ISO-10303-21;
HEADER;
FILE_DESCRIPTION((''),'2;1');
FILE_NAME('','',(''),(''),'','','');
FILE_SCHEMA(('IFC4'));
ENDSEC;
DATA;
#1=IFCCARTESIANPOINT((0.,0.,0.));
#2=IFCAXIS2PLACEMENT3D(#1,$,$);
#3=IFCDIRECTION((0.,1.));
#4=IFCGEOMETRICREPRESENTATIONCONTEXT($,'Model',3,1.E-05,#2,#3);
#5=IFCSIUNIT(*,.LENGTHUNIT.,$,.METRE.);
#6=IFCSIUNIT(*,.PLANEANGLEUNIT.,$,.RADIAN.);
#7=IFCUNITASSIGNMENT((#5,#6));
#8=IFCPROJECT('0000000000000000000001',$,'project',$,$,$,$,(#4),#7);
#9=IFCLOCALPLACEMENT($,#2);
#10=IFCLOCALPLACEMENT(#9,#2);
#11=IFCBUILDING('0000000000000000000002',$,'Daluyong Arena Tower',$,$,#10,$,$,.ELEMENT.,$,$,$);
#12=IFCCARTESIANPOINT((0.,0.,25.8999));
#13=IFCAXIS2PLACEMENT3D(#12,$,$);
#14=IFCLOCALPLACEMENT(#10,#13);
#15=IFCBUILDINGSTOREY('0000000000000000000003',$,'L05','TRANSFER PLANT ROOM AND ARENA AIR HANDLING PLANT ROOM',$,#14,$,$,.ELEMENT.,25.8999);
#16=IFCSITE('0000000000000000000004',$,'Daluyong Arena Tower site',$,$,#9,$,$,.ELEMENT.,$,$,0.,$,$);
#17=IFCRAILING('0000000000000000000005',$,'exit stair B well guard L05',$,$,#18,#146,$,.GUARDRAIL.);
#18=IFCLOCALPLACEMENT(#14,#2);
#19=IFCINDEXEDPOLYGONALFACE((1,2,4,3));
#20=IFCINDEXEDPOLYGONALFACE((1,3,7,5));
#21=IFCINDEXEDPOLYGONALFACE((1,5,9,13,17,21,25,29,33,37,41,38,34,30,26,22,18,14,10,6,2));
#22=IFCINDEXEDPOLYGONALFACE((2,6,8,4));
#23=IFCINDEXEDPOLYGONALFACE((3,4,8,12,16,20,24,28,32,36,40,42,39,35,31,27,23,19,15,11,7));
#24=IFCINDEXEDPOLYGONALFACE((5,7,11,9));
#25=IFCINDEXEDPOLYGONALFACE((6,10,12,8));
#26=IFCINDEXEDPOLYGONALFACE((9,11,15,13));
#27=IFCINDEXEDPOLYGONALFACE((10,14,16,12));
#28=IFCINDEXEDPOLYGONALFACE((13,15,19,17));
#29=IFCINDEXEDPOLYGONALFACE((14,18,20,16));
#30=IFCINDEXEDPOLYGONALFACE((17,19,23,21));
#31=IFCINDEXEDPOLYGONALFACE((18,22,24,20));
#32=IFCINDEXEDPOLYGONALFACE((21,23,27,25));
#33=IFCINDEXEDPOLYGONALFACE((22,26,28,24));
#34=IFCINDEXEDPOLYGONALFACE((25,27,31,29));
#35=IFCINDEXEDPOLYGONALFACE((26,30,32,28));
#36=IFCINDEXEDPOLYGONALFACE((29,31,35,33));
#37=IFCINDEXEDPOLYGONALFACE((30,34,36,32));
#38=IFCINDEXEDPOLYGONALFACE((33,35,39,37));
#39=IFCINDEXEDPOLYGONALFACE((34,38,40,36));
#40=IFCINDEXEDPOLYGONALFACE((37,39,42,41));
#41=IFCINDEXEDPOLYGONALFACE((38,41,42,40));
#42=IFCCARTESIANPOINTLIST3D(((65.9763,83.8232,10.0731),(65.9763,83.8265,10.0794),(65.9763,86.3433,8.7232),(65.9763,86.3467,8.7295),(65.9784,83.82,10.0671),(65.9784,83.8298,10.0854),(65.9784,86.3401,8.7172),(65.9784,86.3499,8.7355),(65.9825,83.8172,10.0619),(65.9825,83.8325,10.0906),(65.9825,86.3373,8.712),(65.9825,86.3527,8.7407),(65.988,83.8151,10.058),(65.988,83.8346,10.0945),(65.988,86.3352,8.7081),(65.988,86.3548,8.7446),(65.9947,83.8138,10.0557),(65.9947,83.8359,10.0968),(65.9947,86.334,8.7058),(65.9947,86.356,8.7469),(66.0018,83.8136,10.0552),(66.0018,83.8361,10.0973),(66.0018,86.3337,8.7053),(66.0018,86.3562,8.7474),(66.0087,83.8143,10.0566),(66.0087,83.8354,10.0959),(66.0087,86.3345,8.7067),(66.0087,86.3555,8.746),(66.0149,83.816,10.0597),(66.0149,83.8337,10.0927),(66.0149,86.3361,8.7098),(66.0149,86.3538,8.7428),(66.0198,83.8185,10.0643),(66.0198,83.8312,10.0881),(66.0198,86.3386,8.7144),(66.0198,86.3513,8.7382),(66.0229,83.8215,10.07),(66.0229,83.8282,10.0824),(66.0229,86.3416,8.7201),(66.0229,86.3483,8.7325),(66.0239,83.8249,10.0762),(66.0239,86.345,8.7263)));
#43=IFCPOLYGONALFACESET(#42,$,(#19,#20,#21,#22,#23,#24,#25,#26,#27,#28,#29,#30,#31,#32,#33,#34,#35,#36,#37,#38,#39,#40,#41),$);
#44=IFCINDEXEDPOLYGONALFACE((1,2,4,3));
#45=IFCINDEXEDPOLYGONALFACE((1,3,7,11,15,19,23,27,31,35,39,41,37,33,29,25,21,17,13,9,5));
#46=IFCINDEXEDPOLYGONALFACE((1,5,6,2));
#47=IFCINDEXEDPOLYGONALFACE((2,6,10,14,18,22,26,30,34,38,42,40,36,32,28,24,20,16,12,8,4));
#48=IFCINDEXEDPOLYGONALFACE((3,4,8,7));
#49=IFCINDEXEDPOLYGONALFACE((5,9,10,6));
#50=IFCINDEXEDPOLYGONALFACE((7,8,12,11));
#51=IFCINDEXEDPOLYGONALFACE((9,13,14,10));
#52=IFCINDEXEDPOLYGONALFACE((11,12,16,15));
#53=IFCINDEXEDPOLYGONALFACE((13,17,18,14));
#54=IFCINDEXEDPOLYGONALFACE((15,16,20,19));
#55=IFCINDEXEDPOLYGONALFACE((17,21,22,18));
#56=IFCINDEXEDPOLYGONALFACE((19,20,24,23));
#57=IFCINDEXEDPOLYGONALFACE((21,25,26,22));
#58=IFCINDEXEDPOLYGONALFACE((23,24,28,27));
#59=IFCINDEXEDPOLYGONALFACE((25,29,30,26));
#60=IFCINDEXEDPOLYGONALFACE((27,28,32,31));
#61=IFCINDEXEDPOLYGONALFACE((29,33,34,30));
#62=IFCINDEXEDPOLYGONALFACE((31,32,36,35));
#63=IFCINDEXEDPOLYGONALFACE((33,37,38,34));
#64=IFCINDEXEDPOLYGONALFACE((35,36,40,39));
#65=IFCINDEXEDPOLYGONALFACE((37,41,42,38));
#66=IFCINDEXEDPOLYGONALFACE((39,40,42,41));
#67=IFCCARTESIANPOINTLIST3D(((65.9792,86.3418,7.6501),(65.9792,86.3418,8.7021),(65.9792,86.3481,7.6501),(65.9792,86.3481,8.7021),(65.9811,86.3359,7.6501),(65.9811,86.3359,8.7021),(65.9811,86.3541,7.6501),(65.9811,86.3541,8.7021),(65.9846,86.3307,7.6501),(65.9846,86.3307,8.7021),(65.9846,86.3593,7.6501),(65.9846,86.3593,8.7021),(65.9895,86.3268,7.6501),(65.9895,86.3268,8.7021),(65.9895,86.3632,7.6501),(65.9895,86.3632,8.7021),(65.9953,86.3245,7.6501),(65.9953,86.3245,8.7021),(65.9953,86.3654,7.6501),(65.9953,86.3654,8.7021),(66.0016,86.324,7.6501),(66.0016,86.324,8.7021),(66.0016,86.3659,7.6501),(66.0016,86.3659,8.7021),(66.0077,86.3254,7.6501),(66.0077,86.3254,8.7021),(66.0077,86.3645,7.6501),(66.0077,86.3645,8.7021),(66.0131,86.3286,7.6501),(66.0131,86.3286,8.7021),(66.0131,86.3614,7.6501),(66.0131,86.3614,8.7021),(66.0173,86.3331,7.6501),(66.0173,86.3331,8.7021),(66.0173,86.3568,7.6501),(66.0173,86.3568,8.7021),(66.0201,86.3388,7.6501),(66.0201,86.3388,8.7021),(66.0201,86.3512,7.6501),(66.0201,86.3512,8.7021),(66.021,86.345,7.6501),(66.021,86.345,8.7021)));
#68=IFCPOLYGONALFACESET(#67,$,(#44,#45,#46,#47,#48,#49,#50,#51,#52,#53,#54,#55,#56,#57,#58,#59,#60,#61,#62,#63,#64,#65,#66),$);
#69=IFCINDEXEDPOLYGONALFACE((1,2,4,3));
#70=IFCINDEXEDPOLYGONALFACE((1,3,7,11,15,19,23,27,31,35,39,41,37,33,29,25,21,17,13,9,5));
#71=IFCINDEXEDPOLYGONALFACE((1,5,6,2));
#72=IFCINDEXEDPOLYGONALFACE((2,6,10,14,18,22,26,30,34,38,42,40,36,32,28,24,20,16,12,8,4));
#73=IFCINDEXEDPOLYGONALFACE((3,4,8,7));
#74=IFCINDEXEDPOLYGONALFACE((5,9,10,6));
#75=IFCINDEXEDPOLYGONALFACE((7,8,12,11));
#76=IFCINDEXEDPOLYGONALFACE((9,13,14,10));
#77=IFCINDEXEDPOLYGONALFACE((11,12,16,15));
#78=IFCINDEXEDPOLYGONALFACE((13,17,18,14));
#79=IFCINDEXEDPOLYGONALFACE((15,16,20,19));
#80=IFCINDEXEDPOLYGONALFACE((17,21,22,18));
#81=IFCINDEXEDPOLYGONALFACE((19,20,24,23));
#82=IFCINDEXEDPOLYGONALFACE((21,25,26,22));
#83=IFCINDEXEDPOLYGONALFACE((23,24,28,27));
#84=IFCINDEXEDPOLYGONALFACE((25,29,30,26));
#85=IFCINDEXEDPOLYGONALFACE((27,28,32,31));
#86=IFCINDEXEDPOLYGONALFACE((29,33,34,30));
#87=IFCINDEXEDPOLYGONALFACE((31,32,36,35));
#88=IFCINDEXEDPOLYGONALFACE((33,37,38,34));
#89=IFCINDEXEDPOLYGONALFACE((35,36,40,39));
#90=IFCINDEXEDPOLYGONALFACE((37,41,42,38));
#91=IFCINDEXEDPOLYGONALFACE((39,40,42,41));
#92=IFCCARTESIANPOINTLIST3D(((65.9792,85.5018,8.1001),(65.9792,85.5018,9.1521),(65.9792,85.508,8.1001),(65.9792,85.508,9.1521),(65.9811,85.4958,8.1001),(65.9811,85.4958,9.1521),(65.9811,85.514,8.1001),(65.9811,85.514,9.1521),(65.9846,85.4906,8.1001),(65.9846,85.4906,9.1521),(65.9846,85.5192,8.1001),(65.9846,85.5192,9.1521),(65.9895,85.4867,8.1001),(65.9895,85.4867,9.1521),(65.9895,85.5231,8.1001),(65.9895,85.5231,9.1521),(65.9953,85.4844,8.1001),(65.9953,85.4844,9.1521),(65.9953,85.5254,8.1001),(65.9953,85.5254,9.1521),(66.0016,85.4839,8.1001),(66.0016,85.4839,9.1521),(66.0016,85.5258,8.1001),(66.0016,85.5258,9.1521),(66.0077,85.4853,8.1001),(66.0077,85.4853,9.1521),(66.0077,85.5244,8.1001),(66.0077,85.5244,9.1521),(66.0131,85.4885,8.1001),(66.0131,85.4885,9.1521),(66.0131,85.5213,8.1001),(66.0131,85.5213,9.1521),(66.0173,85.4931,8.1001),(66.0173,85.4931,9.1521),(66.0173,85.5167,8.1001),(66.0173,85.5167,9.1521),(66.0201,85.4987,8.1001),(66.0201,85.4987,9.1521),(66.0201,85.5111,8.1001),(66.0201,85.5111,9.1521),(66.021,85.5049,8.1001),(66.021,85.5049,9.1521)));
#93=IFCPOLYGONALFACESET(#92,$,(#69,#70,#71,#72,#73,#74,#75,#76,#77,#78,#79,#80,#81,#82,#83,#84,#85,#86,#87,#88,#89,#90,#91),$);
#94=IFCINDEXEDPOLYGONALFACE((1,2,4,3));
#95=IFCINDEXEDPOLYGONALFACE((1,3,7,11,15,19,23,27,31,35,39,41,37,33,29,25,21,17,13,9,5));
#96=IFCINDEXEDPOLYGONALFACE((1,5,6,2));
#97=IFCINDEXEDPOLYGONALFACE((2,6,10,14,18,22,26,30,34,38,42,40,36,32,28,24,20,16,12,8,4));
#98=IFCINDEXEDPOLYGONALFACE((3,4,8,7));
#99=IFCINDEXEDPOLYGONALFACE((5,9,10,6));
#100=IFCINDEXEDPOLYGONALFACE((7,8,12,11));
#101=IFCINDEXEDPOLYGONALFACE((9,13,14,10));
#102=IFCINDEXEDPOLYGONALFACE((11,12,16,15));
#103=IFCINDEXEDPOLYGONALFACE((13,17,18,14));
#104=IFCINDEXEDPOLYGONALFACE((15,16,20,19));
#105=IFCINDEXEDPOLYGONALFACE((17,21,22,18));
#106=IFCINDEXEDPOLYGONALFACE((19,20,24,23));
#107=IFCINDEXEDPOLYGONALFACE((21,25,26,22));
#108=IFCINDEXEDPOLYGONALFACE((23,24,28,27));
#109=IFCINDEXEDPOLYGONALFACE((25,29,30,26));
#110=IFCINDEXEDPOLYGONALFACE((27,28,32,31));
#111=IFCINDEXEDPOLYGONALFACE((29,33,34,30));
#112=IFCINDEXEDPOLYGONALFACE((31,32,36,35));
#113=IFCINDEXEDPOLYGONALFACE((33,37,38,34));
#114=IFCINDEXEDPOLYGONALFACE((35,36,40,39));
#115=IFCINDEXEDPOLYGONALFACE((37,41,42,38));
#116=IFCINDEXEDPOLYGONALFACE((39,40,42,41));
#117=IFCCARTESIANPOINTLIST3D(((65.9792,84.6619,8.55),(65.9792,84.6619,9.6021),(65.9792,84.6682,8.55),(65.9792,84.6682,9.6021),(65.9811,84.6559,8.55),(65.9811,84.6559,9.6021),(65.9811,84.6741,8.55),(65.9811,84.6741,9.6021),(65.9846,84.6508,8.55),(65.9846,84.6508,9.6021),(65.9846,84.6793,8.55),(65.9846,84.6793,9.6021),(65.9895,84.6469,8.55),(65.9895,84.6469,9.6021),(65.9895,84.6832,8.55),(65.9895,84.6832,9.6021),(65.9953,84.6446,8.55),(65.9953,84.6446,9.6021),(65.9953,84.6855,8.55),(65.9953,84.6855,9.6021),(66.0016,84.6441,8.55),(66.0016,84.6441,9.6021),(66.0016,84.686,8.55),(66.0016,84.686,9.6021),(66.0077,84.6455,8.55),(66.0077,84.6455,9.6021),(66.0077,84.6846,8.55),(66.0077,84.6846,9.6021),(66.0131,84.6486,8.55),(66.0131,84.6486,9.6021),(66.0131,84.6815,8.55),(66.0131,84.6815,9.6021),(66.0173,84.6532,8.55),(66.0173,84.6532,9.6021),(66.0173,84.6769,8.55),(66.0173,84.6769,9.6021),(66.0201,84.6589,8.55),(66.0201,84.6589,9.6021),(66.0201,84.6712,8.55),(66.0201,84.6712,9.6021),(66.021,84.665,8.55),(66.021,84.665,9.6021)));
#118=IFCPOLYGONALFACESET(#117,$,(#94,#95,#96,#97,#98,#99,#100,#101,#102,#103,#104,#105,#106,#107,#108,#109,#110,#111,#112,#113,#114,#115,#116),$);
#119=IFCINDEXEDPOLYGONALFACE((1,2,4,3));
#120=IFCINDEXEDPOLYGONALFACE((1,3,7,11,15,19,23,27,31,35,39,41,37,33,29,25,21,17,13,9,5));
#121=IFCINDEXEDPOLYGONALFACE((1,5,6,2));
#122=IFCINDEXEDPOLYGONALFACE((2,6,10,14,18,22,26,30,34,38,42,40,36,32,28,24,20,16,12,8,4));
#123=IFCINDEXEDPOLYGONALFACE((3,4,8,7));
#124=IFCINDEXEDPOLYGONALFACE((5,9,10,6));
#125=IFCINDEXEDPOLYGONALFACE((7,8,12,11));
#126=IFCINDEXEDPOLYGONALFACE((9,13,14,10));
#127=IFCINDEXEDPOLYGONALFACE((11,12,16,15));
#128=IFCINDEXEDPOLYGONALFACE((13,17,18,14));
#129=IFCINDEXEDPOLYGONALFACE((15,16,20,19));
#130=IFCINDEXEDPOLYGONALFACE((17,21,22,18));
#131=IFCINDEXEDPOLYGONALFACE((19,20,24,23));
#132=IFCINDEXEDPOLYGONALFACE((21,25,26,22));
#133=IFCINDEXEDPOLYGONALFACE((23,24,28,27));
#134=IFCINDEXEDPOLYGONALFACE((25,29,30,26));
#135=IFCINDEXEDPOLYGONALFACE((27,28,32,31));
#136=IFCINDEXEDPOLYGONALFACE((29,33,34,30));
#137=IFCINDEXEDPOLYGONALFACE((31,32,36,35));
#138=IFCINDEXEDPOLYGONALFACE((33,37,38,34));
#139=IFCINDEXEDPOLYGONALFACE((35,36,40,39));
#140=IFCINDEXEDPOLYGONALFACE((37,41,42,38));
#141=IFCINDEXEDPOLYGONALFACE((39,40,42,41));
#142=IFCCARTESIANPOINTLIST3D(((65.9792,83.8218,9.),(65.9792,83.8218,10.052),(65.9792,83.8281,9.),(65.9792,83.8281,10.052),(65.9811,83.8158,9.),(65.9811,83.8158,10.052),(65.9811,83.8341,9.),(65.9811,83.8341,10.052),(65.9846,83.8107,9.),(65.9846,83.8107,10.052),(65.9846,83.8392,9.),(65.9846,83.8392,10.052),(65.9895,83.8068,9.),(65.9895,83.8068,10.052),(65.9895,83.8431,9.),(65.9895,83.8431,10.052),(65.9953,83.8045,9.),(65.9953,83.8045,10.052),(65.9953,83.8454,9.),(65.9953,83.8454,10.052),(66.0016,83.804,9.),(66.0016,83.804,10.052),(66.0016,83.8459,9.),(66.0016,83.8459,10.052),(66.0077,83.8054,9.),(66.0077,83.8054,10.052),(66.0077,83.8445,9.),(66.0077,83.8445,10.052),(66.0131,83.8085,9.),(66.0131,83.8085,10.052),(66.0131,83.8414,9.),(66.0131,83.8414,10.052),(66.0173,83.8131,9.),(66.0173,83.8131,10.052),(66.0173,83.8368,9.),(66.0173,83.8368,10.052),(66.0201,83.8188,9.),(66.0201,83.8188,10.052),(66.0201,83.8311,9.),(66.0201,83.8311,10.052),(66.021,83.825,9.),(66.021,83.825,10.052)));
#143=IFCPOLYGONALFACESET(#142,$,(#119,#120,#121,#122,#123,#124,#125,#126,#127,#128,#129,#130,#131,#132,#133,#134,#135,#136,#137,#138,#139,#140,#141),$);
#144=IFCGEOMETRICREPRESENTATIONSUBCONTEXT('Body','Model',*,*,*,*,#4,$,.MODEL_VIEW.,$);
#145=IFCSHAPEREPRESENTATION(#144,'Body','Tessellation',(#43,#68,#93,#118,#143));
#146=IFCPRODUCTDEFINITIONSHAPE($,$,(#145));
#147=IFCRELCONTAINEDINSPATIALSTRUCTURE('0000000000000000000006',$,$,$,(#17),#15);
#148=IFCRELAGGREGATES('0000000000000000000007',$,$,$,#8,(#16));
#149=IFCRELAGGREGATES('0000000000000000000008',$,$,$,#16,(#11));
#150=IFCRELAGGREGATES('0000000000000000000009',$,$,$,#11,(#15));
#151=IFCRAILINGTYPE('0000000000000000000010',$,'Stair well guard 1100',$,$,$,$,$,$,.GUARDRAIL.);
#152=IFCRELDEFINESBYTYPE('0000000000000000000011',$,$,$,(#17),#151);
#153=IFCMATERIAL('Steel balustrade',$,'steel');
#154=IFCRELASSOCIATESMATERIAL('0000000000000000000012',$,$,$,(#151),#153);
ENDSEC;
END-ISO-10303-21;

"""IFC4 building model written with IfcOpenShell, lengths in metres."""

from ifc_helpers import new_model, si_unit, direction, frame, origin, origin_2d, place, context, subcontext, project, spatial, circle, extrude, material, type_object, element, save


model = new_model("IFC4")

# Units and contexts
model_context = context("Model", 3, precision=1e-05, world=origin(), true_north=direction((0.0, 1.0)))
body_context = subcontext(model_context, "Body", "Model", "MODEL_VIEW")
ifc_project = project(units=[si_unit("LENGTHUNIT", "METRE"), si_unit("PLANEANGLEUNIT", "RADIAN")], contexts=[model_context])

# Site, building, storey
site_placement = place(None, origin())
site = spatial("IfcSite", under=ifc_project, at=site_placement, Name="Daluyong Arena Tower site", CompositionType="ELEMENT", RefElevation=0.0)
building_placement = place(site_placement, origin())
building = spatial("IfcBuilding", under=site, at=building_placement, Name="Daluyong Arena Tower", CompositionType="ELEMENT")
storey_placement = place(building_placement, frame((0.0, 0.0, 25.8999)))
storey = spatial("IfcBuildingStorey", under=building, at=storey_placement, Name="L05", Description="TRANSFER PLANT ROOM AND ARENA AIR HANDLING PLANT ROOM", CompositionType="ELEMENT", Elevation=25.8999)

# Railing
ifc_material_1 = material(Name="Steel balustrade", Category="steel")
railing_type_1 = type_object("IfcRailingType", Name="Stair well guard 1100", PredefinedType="GUARDRAIL", material=ifc_material_1)
railing_1_placement = place(storey_placement, frame((66.0, 86.345, 7.6501)))
element("IfcRailing", 1, at=railing_1_placement, inside=storey, type_object=railing_type_1, Name="exit stair B well guard L05", PredefinedType="GUARDRAIL", context=body_context, shape_type="SweptSolid", body=[
    extrude(circle(Radius=0.0239, at=origin_2d()), frame((0.0, 0.0, 1.0762), z_axis=(0.0, -0.881503, 0.472179), x_axis=(1.0, 0.0, 0.0)), (0.0, 0.0, 1.0), 2.8589),
    extrude(circle(Radius=0.021, at=origin_2d()), origin(), (0.0, 0.0, 1.0), 1.052),
    extrude(circle(Radius=0.021, at=origin_2d()), frame((0.0, -0.8401, 0.45)), (0.0, 0.0, 1.0), 1.052),
    extrude(circle(Radius=0.021, at=origin_2d()), frame((0.0, -1.6799, 0.8999)), (0.0, 0.0, 1.0), 1.052),
    extrude(circle(Radius=0.021, at=origin_2d()), frame((0.0, -2.52, 1.3499)), (0.0, 0.0, 1.0), 1.052),
])

save(model, "model.ifc")
